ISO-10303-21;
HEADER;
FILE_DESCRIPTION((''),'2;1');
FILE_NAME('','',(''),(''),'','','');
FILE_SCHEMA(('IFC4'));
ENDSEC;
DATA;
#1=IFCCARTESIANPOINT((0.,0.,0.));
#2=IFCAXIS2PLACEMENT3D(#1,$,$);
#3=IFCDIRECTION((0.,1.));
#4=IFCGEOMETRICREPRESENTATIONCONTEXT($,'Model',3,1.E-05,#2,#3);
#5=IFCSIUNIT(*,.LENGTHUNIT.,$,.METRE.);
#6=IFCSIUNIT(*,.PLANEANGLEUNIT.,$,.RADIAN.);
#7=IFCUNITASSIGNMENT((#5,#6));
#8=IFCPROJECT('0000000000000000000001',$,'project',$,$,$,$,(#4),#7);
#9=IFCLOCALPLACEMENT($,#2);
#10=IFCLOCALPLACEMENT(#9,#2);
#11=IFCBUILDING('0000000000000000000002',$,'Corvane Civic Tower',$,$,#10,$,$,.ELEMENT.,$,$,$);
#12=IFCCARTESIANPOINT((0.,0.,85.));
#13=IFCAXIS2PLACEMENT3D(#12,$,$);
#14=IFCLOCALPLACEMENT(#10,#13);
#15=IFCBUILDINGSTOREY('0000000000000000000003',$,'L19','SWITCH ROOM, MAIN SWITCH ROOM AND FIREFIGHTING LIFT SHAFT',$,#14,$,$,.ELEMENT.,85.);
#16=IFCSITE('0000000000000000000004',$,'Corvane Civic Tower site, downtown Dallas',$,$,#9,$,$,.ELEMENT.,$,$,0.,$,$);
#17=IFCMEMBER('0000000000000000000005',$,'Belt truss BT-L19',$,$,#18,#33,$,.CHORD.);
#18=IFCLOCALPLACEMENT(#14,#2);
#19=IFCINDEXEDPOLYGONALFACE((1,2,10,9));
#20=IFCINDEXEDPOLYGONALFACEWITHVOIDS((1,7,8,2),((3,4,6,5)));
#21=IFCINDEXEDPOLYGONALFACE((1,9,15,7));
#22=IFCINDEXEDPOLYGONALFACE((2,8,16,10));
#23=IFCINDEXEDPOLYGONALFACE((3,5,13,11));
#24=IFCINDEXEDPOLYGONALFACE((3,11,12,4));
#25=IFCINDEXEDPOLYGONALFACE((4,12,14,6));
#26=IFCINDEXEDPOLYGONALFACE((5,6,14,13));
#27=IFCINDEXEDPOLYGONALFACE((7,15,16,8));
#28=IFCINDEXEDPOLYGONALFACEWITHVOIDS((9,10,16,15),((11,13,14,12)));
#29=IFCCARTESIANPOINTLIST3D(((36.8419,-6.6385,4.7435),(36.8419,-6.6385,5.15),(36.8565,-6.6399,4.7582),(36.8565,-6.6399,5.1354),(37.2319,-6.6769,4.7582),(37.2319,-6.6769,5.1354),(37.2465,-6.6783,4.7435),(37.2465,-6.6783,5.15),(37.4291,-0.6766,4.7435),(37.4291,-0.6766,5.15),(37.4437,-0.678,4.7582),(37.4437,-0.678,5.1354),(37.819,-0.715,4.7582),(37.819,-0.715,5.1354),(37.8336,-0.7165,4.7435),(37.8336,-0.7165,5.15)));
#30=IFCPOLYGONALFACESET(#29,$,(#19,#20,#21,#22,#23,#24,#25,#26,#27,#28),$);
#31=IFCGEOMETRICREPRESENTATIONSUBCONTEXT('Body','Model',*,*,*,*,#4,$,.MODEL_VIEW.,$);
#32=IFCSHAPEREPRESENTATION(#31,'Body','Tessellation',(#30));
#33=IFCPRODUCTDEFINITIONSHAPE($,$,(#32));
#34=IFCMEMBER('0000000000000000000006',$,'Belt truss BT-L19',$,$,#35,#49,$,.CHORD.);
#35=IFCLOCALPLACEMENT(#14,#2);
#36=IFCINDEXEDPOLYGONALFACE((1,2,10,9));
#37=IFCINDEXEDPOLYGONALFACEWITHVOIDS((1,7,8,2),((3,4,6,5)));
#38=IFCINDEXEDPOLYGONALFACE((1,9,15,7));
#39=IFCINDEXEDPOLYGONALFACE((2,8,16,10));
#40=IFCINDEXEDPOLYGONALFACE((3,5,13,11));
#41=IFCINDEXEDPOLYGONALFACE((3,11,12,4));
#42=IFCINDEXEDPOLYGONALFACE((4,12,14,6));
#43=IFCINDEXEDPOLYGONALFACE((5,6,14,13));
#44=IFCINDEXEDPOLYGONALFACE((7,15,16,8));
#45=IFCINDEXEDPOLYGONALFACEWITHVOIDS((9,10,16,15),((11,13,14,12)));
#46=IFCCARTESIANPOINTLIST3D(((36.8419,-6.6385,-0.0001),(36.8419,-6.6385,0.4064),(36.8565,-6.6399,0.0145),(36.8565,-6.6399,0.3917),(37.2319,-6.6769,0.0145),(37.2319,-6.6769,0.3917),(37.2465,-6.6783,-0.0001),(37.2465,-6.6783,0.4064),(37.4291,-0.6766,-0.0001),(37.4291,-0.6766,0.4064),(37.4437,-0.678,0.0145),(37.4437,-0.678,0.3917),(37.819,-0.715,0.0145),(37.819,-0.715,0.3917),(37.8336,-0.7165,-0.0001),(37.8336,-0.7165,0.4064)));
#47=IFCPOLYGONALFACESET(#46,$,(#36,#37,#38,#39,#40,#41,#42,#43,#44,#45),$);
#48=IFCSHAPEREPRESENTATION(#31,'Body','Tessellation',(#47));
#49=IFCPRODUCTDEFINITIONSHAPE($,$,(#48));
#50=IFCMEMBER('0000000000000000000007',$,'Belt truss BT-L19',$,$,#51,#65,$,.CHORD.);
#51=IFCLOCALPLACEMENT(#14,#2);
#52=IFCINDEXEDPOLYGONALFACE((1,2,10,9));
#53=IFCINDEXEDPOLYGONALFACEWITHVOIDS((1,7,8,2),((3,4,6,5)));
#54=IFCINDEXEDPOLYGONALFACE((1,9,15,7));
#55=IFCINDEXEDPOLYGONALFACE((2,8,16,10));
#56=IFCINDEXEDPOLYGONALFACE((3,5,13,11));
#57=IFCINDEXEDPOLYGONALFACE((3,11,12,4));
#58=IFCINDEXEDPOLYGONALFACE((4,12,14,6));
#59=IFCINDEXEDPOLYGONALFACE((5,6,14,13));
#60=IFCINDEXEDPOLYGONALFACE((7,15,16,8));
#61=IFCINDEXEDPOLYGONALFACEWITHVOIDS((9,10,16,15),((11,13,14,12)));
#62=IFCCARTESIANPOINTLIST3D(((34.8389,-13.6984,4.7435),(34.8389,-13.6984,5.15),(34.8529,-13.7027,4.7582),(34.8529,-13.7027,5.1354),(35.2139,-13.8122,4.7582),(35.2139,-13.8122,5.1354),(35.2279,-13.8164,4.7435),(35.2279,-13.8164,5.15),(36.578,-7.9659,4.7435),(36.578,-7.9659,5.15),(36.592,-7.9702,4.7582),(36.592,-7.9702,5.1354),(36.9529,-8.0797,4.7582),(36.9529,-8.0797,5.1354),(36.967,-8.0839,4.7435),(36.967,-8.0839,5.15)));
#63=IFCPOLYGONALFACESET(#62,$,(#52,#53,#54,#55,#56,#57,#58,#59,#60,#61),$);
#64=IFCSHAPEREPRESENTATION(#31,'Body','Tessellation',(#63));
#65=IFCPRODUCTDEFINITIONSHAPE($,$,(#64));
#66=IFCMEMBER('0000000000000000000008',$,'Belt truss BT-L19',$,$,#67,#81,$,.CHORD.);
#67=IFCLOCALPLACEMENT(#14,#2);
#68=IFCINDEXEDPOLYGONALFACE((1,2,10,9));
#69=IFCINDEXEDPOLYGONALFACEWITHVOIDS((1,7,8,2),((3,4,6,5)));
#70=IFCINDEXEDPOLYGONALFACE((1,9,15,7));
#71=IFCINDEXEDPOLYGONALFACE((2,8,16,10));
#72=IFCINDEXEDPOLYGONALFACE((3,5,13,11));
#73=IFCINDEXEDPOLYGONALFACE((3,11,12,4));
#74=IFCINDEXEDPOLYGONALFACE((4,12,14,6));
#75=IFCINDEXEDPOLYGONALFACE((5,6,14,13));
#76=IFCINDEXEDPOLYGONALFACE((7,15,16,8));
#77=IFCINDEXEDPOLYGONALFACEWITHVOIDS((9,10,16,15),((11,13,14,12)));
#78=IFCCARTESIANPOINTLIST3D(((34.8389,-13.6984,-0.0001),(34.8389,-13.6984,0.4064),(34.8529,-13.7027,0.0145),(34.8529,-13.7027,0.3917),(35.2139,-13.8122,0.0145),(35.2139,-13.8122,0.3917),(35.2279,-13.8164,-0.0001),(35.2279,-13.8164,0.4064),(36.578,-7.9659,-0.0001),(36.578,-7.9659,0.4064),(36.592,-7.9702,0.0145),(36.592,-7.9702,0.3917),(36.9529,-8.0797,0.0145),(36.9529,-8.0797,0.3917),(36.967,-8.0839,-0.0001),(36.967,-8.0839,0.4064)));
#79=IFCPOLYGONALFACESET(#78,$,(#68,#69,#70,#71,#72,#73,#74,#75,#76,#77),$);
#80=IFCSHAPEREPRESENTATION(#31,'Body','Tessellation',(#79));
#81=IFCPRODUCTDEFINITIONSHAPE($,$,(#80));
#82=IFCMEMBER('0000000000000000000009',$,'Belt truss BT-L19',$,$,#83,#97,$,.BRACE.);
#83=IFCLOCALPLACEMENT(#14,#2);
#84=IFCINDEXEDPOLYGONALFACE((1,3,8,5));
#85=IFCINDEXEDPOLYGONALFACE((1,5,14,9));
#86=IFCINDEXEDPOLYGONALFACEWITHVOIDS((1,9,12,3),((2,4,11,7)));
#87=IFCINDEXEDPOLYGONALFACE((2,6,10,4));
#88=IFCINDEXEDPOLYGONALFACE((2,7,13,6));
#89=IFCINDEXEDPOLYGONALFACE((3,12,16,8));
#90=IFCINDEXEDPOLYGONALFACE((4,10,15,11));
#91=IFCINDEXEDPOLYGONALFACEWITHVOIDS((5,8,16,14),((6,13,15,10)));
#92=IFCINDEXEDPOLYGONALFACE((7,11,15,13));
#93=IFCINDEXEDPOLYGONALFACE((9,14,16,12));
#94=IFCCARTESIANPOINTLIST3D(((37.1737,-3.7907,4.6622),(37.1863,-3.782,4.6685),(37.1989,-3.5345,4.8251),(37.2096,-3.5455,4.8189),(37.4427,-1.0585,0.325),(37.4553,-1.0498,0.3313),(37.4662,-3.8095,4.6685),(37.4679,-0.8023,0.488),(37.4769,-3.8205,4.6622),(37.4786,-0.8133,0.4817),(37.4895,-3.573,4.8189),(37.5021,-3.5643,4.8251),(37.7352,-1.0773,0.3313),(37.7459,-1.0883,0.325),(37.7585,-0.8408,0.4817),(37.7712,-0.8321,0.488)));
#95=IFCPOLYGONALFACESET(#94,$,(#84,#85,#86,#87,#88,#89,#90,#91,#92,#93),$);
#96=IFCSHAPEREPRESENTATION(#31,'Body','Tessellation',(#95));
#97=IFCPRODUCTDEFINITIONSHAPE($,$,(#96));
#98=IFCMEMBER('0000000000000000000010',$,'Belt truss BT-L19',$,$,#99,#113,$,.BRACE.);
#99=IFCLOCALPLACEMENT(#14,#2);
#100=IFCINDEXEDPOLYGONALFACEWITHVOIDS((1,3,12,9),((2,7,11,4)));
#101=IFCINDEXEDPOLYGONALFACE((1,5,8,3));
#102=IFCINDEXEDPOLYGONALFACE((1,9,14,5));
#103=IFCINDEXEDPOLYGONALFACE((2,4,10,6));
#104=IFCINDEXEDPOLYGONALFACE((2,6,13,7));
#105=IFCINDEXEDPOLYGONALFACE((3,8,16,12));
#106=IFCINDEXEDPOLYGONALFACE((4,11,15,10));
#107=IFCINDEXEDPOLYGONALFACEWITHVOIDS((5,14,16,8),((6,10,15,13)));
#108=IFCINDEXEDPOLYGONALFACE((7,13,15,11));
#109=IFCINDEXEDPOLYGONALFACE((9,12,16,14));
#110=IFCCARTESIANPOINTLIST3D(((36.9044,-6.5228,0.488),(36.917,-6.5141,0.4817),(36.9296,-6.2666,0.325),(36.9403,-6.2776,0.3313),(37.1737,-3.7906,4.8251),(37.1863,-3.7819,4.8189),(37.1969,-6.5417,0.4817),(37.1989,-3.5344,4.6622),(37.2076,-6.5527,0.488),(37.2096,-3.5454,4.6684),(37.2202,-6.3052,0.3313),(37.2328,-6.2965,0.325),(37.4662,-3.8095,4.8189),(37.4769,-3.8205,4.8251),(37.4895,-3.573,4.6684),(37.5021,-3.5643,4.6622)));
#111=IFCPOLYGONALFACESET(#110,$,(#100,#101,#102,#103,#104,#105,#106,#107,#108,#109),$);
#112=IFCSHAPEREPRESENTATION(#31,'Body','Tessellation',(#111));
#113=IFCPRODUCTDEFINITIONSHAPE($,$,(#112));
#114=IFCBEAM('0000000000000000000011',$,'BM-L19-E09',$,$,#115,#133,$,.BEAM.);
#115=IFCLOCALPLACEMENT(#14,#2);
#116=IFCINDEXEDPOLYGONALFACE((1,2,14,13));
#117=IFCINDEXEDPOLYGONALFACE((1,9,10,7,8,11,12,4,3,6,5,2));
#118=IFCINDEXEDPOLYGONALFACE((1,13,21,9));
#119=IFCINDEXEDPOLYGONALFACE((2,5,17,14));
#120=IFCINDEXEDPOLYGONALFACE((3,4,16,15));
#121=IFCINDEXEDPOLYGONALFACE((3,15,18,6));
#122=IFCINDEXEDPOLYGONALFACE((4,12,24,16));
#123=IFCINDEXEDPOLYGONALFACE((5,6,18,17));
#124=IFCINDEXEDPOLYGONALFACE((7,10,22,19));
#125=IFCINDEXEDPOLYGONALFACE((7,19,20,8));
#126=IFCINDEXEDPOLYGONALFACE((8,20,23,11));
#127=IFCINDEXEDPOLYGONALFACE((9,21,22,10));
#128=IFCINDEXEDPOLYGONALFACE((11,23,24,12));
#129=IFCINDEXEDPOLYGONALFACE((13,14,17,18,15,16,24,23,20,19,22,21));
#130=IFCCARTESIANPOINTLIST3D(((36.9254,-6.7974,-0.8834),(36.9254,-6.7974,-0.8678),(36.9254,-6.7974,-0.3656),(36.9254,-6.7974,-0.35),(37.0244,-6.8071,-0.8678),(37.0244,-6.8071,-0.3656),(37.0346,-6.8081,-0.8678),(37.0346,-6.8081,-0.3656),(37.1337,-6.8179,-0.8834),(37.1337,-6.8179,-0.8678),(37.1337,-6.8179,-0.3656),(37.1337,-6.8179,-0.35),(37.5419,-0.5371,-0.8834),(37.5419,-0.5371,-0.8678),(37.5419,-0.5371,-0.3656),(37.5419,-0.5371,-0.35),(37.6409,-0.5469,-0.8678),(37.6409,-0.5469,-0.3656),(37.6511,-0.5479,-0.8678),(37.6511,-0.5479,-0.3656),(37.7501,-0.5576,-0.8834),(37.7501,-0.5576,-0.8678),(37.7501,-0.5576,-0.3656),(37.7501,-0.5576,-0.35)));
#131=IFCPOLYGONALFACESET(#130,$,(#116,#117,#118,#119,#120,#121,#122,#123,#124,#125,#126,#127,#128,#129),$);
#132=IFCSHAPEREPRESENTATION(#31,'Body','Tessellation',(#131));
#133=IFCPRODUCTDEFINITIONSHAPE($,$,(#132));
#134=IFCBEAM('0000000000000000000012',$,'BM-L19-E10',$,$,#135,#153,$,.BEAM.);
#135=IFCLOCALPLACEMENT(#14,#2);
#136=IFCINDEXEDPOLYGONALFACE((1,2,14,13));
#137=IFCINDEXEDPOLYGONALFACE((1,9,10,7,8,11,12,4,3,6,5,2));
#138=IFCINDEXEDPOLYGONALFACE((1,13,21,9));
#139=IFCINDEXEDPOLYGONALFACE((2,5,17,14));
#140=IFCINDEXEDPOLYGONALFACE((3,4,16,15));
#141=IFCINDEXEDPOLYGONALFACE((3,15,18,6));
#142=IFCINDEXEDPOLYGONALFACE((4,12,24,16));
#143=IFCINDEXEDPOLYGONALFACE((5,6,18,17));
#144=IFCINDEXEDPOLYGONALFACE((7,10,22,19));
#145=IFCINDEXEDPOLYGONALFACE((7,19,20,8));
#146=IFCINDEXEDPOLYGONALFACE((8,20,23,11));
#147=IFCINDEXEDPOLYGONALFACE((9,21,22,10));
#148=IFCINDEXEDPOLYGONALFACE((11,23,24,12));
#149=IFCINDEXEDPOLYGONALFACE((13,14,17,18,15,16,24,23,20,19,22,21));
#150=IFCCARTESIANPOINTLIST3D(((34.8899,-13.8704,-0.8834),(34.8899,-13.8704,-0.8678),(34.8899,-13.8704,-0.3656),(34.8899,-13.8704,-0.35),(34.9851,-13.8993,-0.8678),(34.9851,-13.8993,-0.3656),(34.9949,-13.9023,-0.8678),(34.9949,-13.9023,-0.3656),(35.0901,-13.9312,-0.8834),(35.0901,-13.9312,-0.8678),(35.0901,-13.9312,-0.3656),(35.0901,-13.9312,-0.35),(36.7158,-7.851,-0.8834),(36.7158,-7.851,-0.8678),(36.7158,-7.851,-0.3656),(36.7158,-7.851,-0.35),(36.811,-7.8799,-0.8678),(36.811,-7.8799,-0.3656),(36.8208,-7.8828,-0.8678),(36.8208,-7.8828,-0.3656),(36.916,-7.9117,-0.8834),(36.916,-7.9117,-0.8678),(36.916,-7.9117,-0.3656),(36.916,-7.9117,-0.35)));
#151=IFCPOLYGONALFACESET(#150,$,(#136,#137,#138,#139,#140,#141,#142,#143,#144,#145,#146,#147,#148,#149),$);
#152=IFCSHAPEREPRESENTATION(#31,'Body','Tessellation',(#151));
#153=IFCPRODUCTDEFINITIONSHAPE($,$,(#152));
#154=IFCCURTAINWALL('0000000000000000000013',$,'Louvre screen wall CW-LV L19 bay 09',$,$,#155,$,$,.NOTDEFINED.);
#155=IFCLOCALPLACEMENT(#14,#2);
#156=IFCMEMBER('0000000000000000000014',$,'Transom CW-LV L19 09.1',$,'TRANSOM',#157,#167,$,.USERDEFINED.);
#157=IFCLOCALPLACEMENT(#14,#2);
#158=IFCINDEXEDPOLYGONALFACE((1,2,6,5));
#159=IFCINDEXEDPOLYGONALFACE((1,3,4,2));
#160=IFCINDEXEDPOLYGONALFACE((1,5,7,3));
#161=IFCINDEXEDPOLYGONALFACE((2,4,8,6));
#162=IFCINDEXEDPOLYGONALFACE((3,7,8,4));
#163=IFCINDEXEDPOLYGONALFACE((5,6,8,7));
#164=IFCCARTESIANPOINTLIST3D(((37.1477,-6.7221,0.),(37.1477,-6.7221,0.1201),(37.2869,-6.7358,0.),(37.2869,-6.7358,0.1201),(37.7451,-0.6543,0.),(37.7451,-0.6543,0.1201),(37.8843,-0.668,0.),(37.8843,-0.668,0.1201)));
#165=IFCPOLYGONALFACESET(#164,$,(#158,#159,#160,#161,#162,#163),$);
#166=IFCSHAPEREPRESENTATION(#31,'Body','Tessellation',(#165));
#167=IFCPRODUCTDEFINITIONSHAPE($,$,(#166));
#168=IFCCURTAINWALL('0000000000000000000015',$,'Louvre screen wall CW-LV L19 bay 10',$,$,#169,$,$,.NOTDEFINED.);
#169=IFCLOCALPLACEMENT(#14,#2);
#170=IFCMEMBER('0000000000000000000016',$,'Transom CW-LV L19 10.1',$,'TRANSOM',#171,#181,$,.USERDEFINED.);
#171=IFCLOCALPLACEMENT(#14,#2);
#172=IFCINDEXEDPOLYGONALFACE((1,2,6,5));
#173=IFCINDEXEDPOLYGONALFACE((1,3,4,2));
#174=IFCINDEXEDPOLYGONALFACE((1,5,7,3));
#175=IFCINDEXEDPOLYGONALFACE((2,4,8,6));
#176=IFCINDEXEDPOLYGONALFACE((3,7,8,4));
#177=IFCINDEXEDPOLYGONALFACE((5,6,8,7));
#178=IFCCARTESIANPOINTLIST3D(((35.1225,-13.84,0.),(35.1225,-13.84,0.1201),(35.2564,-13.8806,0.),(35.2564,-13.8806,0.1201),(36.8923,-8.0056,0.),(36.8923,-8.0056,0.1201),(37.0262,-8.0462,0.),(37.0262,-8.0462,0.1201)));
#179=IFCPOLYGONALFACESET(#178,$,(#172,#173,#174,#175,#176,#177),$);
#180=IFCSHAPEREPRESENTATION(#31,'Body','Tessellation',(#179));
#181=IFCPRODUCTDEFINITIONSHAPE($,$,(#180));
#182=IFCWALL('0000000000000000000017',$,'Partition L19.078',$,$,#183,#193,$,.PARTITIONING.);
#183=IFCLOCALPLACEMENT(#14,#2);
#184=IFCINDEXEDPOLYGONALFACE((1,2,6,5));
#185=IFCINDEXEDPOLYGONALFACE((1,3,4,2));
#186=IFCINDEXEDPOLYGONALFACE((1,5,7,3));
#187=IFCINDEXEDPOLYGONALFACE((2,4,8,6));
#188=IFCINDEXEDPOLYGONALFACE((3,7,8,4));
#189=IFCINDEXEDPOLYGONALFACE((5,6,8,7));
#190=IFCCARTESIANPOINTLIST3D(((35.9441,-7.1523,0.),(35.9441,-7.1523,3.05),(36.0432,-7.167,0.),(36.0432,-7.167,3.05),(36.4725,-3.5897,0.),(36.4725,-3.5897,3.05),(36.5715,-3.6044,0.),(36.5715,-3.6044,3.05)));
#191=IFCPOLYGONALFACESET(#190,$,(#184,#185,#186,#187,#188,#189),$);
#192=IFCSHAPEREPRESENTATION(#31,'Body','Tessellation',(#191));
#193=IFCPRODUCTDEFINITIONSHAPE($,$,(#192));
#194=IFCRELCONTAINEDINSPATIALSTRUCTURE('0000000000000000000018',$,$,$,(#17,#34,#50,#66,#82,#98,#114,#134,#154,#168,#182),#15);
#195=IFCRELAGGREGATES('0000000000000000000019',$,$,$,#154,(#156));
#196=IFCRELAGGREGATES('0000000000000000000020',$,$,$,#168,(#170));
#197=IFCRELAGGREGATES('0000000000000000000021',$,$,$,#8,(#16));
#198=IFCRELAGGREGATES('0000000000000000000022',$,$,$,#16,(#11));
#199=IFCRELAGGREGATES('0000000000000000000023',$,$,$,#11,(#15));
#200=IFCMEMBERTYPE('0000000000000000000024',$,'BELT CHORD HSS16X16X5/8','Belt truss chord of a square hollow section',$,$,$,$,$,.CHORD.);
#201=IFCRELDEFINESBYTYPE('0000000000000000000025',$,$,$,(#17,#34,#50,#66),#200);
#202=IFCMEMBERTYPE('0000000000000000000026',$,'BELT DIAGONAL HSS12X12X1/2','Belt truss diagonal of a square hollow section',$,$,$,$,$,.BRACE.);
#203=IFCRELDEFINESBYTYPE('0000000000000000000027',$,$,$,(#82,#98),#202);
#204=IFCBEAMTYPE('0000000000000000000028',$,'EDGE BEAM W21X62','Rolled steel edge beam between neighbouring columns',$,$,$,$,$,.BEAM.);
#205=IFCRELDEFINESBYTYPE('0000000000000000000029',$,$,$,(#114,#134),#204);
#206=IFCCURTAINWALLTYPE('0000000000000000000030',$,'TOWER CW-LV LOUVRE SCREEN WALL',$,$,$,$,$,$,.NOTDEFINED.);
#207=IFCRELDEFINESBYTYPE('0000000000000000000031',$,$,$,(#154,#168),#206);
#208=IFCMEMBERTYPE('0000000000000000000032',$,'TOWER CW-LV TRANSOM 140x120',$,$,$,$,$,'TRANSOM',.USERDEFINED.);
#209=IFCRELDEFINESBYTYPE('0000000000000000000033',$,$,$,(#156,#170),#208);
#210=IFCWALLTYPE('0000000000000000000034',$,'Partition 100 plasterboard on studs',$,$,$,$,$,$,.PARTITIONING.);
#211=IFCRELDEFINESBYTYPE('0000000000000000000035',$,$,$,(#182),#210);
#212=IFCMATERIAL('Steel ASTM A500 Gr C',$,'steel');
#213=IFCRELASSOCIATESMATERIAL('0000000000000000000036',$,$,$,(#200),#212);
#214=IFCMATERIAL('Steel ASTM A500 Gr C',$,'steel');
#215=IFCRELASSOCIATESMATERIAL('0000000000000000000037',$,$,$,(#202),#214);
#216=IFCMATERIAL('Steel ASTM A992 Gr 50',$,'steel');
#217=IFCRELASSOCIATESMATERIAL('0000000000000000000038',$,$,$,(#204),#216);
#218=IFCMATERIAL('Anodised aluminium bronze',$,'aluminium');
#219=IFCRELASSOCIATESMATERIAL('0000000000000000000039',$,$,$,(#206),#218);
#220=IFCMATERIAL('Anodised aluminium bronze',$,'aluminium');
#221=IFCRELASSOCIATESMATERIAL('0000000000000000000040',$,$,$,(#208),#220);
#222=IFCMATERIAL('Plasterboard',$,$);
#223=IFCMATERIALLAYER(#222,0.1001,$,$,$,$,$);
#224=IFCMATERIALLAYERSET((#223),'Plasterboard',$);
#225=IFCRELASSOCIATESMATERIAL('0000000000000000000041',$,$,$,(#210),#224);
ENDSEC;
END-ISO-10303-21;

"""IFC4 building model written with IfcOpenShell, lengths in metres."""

from ifc_helpers import new_model, si_unit, direction, frame, frame_2d, origin, origin_2d, place, context, subcontext, project, spatial, rectangle, hollow_rectangle, i_section, extrude, material, layer, layer_set, material_profile, profile_set, type_object, element, aggregate, save


model = new_model("IFC4")

# Units and contexts
model_context = context("Model", 3, precision=1e-05, world=origin(), true_north=direction((0.0, 1.0)))
body_context = subcontext(model_context, "Body", "Model", "MODEL_VIEW")
ifc_project = project(units=[si_unit("LENGTHUNIT", "METRE"), si_unit("PLANEANGLEUNIT", "RADIAN")], contexts=[model_context])

# Site, building, storey
site_placement = place(None, origin())
site = spatial("IfcSite", under=ifc_project, at=site_placement, Name="Corvane Civic Tower site, downtown Dallas", CompositionType="ELEMENT", RefElevation=0.0)
building_placement = place(site_placement, origin())
building = spatial("IfcBuilding", under=site, at=building_placement, Name="Corvane Civic Tower", CompositionType="ELEMENT")
storey_placement = place(building_placement, frame((0.0, 0.0, 85.0)))
storey = spatial("IfcBuildingStorey", under=building, at=storey_placement, Name="L19", Description="SWITCH ROOM, MAIN SWITCH ROOM AND FIREFIGHTING LIFT SHAFT", CompositionType="ELEMENT", Elevation=85.0)

# Members
ifc_material_1 = material(Name="Steel ASTM A500 Gr C", Category="steel")
ifc_material_profile_1 = material_profile(ifc_material_1, hollow_rectangle(XDim=0.4065, YDim=0.4065, WallThickness=0.0146, at=origin_2d()), Name="HSS16X16X5/8")
ifc_profile_set_1 = profile_set([ifc_material_profile_1], Name="Steel ASTM A500 Gr C")
member_type_1 = type_object("IfcMemberType", Name="BELT CHORD HSS16X16X5/8", Description="Belt truss chord of a square hollow section", PredefinedType="CHORD", material=ifc_profile_set_1)
for number, where, z_axis, x_axis, name in (
    (1, (37.6313, -0.6965, 4.9468), (-0.098011, -0.995185, 0.0), (0.995185, -0.098011, 0.0), "Belt truss BT-L19"),
    (2, (37.6313, -0.6965, 0.2031), (-0.098011, -0.995185, 0.0), (0.995185, -0.098011, 0.0), "Belt truss BT-L19"),
):
    element("IfcMember", number, at=place(storey_placement, frame(where, z_axis=z_axis, x_axis=x_axis)), inside=storey, type_object=member_type_1, Name=name, PredefinedType="CHORD", context=body_context, shape_type="SweptSolid", body=[
        extrude(hollow_rectangle(XDim=0.4065, YDim=0.4065, WallThickness=0.0146, at=origin_2d()), origin(), (0.0, 0.0, 1.0), 5.9907),
    ])
for number, where, z_axis, x_axis, name in (
    (3, (36.7725, -8.0249, 4.9468), (-0.2903, -0.956936, 0.0), (0.956936, -0.2903, 0.0), "Belt truss BT-L19"),
    (4, (36.7725, -8.0249, 0.2031), (-0.2903, -0.956936, 0.0), (0.956936, -0.2903, 0.0), "Belt truss BT-L19"),
):
    element("IfcMember", number, at=place(storey_placement, frame(where, z_axis=z_axis, x_axis=x_axis)), inside=storey, type_object=member_type_1, Name=name, PredefinedType="CHORD", context=body_context, shape_type="SweptSolid", body=[
        extrude(hollow_rectangle(XDim=0.4065, YDim=0.4065, WallThickness=0.0146, at=origin_2d()), origin(), (0.0, 0.0, 1.0), 5.9905),
    ])
ifc_material_2 = material(Name="Steel ASTM A500 Gr C", Category="steel")
ifc_material_profile_2 = material_profile(ifc_material_2, hollow_rectangle(XDim=0.3047, YDim=0.3047, WallThickness=0.0117, at=origin_2d()), Name="HSS12X12X1/2")
ifc_profile_set_2 = profile_set([ifc_material_profile_2], Name="Steel ASTM A500 Gr C")
member_type_2 = type_object("IfcMemberType", Name="BELT DIAGONAL HSS12X12X1/2", Description="Belt truss diagonal of a square hollow section", PredefinedType="BRACE", material=ifc_profile_set_2)
for number, where, z_axis, x_axis, name in (
    (5, (37.6069, -0.9453, 0.4065), (-0.052414, -0.532273, 0.844949), (0.995187, -0.097998, 0.0), "Belt truss BT-L19"),
    (6, (37.0686, -6.4097, 0.4065), (0.052461, 0.532271, 0.844947), (-0.995178, 0.098086, 0.0), "Belt truss BT-L19"),
):
    element("IfcMember", number, at=place(storey_placement, frame(where, z_axis=z_axis, x_axis=x_axis)), inside=storey, type_object=member_type_2, Name=name, PredefinedType="BRACE", context=body_context, shape_type="SweptSolid", body=[
        extrude(hollow_rectangle(XDim=0.3047, YDim=0.3047, WallThickness=0.0117, at=origin_2d()), origin(), (0.0, 0.0, 1.0), 5.1331),
    ])

# Beams
ifc_material_3 = material(Name="Steel ASTM A992 Gr 50", Category="steel")
ifc_material_profile_3 = material_profile(ifc_material_3, i_section(OverallWidth=0.2092, OverallDepth=0.5334, WebThickness=0.0103, FlangeThickness=0.0156, at=origin_2d()), Name="W21X62")
ifc_profile_set_3 = profile_set([ifc_material_profile_3], Name="Steel ASTM A992 Gr 50")
beam_type = type_object("IfcBeamType", Name="EDGE BEAM W21X62", Description="Rolled steel edge beam between neighbouring columns", PredefinedType="BEAM", material=ifc_profile_set_3)
beam_1_placement = place(storey_placement, frame((37.646, -0.5474, -0.6167), z_axis=(-0.097997, -0.995187, 0.0), x_axis=(0.995187, -0.097997, 0.0)))
element("IfcBeam", 7, at=beam_1_placement, inside=storey, type_object=beam_type, Name="BM-L19-E09", PredefinedType="BEAM", context=body_context, shape_type="SweptSolid", body=[
    extrude(i_section(OverallWidth=0.2092, OverallDepth=0.5334, WebThickness=0.0103, FlangeThickness=0.0156, at=origin_2d()), origin(), (0.0, 0.0, 1.0), 6.2905),
])
beam_2_placement = place(storey_placement, frame((36.8159, -7.8813, -0.6167), z_axis=(-0.290273, -0.956944, 0.0), x_axis=(0.956944, -0.290273, 0.0)))
element("IfcBeam", 8, at=beam_2_placement, inside=storey, type_object=beam_type, Name="BM-L19-E10", PredefinedType="BEAM", context=body_context, shape_type="SweptSolid", body=[
    extrude(i_section(OverallWidth=0.2092, OverallDepth=0.5334, WebThickness=0.0103, FlangeThickness=0.0156, at=origin_2d()), origin(), (0.0, 0.0, 1.0), 6.2903),
])

# Curtain walls, members
ifc_material_4 = material(Name="Anodised aluminium bronze", Category="aluminium")
curtain_wall_type = type_object("IfcCurtainWallType", Name="TOWER CW-LV LOUVRE SCREEN WALL", PredefinedType="NOTDEFINED", material=ifc_material_4)
curtain_wall_1_placement = place(storey_placement, origin())
curtain_wall_1 = element("IfcCurtainWall", 9, at=curtain_wall_1_placement, inside=storey, type_object=curtain_wall_type, Name="Louvre screen wall CW-LV L19 bay 09", PredefinedType="NOTDEFINED")
ifc_material_5 = material(Name="Anodised aluminium bronze", Category="aluminium")
ifc_material_profile_4 = material_profile(ifc_material_5, rectangle(XDim=0.1399, YDim=0.1201, at=origin_2d()), Name="TOWER CW-LV TRANSOM 140x120")
ifc_profile_set_4 = profile_set([ifc_material_profile_4], Name="Anodised aluminium bronze")
member_type_3 = type_object("IfcMemberType", Name="TOWER CW-LV TRANSOM 140x120", ElementType="TRANSOM", PredefinedType="USERDEFINED", material=ifc_profile_set_4)
member_1_placement = place(storey_placement, frame((37.8147, -0.6611, 0.0601), z_axis=(-0.097981, -0.995188, 0.0), x_axis=(0.995188, -0.097981, 0.0)))
member_1 = element("IfcMember", 10, at=member_1_placement, type_object=member_type_3, Name="Transom CW-LV L19 09.1", ObjectType="TRANSOM", PredefinedType="USERDEFINED", context=body_context, shape_type="SweptSolid", body=[
    extrude(rectangle(XDim=0.1399, YDim=0.1201, at=origin_2d()), origin(), (0.0, 0.0, 1.0), 6.0972),
])
curtain_wall_2_placement = place(storey_placement, origin())
curtain_wall_2 = element("IfcCurtainWall", 11, at=curtain_wall_2_placement, inside=storey, type_object=curtain_wall_type, Name="Louvre screen wall CW-LV L19 bay 10", PredefinedType="NOTDEFINED")
member_2_placement = place(storey_placement, frame((36.9592, -8.0259, 0.0601), z_axis=(-0.290271, -0.956945, 0.0), x_axis=(0.956945, -0.290271, 0.0)))
member_2 = element("IfcMember", 12, at=member_2_placement, type_object=member_type_3, Name="Transom CW-LV L19 10.1", ObjectType="TRANSOM", PredefinedType="USERDEFINED", context=body_context, shape_type="SweptSolid", body=[
    extrude(rectangle(XDim=0.1399, YDim=0.1201, at=origin_2d()), origin(), (0.0, 0.0, 1.0), 6.0969),
])

# Wall
ifc_material_6 = material(Name="Plasterboard")
ifc_layer = layer(ifc_material_6, 0.1001)
ifc_layer_set = layer_set([ifc_layer], Name="Plasterboard")
wall_type = type_object("IfcWallType", Name="Partition 100 plasterboard on studs", PredefinedType="PARTITIONING", material=ifc_layer_set)
for number, where, z_axis, x_axis, name in (
    (13, (35.9937, -7.1597, 0.0), (0.0, 0.0, 1.0), (0.146696, 0.989182, 0.0), "Partition L19.078"),
):
    element("IfcWall", number, at=place(storey_placement, frame(where, z_axis=z_axis, x_axis=x_axis)), inside=storey, type_object=wall_type, Name=name, PredefinedType="PARTITIONING", context=body_context, shape_type="SweptSolid", body=[
        extrude(rectangle(XDim=3.6016, YDim=0.1001, at=frame_2d((1.8008, 0.0))), origin(), (0.0, 0.0, 1.0), 3.05),
    ])

aggregate(curtain_wall_1, [member_1])
aggregate(curtain_wall_2, [member_2])

save(model, "model.ifc")
